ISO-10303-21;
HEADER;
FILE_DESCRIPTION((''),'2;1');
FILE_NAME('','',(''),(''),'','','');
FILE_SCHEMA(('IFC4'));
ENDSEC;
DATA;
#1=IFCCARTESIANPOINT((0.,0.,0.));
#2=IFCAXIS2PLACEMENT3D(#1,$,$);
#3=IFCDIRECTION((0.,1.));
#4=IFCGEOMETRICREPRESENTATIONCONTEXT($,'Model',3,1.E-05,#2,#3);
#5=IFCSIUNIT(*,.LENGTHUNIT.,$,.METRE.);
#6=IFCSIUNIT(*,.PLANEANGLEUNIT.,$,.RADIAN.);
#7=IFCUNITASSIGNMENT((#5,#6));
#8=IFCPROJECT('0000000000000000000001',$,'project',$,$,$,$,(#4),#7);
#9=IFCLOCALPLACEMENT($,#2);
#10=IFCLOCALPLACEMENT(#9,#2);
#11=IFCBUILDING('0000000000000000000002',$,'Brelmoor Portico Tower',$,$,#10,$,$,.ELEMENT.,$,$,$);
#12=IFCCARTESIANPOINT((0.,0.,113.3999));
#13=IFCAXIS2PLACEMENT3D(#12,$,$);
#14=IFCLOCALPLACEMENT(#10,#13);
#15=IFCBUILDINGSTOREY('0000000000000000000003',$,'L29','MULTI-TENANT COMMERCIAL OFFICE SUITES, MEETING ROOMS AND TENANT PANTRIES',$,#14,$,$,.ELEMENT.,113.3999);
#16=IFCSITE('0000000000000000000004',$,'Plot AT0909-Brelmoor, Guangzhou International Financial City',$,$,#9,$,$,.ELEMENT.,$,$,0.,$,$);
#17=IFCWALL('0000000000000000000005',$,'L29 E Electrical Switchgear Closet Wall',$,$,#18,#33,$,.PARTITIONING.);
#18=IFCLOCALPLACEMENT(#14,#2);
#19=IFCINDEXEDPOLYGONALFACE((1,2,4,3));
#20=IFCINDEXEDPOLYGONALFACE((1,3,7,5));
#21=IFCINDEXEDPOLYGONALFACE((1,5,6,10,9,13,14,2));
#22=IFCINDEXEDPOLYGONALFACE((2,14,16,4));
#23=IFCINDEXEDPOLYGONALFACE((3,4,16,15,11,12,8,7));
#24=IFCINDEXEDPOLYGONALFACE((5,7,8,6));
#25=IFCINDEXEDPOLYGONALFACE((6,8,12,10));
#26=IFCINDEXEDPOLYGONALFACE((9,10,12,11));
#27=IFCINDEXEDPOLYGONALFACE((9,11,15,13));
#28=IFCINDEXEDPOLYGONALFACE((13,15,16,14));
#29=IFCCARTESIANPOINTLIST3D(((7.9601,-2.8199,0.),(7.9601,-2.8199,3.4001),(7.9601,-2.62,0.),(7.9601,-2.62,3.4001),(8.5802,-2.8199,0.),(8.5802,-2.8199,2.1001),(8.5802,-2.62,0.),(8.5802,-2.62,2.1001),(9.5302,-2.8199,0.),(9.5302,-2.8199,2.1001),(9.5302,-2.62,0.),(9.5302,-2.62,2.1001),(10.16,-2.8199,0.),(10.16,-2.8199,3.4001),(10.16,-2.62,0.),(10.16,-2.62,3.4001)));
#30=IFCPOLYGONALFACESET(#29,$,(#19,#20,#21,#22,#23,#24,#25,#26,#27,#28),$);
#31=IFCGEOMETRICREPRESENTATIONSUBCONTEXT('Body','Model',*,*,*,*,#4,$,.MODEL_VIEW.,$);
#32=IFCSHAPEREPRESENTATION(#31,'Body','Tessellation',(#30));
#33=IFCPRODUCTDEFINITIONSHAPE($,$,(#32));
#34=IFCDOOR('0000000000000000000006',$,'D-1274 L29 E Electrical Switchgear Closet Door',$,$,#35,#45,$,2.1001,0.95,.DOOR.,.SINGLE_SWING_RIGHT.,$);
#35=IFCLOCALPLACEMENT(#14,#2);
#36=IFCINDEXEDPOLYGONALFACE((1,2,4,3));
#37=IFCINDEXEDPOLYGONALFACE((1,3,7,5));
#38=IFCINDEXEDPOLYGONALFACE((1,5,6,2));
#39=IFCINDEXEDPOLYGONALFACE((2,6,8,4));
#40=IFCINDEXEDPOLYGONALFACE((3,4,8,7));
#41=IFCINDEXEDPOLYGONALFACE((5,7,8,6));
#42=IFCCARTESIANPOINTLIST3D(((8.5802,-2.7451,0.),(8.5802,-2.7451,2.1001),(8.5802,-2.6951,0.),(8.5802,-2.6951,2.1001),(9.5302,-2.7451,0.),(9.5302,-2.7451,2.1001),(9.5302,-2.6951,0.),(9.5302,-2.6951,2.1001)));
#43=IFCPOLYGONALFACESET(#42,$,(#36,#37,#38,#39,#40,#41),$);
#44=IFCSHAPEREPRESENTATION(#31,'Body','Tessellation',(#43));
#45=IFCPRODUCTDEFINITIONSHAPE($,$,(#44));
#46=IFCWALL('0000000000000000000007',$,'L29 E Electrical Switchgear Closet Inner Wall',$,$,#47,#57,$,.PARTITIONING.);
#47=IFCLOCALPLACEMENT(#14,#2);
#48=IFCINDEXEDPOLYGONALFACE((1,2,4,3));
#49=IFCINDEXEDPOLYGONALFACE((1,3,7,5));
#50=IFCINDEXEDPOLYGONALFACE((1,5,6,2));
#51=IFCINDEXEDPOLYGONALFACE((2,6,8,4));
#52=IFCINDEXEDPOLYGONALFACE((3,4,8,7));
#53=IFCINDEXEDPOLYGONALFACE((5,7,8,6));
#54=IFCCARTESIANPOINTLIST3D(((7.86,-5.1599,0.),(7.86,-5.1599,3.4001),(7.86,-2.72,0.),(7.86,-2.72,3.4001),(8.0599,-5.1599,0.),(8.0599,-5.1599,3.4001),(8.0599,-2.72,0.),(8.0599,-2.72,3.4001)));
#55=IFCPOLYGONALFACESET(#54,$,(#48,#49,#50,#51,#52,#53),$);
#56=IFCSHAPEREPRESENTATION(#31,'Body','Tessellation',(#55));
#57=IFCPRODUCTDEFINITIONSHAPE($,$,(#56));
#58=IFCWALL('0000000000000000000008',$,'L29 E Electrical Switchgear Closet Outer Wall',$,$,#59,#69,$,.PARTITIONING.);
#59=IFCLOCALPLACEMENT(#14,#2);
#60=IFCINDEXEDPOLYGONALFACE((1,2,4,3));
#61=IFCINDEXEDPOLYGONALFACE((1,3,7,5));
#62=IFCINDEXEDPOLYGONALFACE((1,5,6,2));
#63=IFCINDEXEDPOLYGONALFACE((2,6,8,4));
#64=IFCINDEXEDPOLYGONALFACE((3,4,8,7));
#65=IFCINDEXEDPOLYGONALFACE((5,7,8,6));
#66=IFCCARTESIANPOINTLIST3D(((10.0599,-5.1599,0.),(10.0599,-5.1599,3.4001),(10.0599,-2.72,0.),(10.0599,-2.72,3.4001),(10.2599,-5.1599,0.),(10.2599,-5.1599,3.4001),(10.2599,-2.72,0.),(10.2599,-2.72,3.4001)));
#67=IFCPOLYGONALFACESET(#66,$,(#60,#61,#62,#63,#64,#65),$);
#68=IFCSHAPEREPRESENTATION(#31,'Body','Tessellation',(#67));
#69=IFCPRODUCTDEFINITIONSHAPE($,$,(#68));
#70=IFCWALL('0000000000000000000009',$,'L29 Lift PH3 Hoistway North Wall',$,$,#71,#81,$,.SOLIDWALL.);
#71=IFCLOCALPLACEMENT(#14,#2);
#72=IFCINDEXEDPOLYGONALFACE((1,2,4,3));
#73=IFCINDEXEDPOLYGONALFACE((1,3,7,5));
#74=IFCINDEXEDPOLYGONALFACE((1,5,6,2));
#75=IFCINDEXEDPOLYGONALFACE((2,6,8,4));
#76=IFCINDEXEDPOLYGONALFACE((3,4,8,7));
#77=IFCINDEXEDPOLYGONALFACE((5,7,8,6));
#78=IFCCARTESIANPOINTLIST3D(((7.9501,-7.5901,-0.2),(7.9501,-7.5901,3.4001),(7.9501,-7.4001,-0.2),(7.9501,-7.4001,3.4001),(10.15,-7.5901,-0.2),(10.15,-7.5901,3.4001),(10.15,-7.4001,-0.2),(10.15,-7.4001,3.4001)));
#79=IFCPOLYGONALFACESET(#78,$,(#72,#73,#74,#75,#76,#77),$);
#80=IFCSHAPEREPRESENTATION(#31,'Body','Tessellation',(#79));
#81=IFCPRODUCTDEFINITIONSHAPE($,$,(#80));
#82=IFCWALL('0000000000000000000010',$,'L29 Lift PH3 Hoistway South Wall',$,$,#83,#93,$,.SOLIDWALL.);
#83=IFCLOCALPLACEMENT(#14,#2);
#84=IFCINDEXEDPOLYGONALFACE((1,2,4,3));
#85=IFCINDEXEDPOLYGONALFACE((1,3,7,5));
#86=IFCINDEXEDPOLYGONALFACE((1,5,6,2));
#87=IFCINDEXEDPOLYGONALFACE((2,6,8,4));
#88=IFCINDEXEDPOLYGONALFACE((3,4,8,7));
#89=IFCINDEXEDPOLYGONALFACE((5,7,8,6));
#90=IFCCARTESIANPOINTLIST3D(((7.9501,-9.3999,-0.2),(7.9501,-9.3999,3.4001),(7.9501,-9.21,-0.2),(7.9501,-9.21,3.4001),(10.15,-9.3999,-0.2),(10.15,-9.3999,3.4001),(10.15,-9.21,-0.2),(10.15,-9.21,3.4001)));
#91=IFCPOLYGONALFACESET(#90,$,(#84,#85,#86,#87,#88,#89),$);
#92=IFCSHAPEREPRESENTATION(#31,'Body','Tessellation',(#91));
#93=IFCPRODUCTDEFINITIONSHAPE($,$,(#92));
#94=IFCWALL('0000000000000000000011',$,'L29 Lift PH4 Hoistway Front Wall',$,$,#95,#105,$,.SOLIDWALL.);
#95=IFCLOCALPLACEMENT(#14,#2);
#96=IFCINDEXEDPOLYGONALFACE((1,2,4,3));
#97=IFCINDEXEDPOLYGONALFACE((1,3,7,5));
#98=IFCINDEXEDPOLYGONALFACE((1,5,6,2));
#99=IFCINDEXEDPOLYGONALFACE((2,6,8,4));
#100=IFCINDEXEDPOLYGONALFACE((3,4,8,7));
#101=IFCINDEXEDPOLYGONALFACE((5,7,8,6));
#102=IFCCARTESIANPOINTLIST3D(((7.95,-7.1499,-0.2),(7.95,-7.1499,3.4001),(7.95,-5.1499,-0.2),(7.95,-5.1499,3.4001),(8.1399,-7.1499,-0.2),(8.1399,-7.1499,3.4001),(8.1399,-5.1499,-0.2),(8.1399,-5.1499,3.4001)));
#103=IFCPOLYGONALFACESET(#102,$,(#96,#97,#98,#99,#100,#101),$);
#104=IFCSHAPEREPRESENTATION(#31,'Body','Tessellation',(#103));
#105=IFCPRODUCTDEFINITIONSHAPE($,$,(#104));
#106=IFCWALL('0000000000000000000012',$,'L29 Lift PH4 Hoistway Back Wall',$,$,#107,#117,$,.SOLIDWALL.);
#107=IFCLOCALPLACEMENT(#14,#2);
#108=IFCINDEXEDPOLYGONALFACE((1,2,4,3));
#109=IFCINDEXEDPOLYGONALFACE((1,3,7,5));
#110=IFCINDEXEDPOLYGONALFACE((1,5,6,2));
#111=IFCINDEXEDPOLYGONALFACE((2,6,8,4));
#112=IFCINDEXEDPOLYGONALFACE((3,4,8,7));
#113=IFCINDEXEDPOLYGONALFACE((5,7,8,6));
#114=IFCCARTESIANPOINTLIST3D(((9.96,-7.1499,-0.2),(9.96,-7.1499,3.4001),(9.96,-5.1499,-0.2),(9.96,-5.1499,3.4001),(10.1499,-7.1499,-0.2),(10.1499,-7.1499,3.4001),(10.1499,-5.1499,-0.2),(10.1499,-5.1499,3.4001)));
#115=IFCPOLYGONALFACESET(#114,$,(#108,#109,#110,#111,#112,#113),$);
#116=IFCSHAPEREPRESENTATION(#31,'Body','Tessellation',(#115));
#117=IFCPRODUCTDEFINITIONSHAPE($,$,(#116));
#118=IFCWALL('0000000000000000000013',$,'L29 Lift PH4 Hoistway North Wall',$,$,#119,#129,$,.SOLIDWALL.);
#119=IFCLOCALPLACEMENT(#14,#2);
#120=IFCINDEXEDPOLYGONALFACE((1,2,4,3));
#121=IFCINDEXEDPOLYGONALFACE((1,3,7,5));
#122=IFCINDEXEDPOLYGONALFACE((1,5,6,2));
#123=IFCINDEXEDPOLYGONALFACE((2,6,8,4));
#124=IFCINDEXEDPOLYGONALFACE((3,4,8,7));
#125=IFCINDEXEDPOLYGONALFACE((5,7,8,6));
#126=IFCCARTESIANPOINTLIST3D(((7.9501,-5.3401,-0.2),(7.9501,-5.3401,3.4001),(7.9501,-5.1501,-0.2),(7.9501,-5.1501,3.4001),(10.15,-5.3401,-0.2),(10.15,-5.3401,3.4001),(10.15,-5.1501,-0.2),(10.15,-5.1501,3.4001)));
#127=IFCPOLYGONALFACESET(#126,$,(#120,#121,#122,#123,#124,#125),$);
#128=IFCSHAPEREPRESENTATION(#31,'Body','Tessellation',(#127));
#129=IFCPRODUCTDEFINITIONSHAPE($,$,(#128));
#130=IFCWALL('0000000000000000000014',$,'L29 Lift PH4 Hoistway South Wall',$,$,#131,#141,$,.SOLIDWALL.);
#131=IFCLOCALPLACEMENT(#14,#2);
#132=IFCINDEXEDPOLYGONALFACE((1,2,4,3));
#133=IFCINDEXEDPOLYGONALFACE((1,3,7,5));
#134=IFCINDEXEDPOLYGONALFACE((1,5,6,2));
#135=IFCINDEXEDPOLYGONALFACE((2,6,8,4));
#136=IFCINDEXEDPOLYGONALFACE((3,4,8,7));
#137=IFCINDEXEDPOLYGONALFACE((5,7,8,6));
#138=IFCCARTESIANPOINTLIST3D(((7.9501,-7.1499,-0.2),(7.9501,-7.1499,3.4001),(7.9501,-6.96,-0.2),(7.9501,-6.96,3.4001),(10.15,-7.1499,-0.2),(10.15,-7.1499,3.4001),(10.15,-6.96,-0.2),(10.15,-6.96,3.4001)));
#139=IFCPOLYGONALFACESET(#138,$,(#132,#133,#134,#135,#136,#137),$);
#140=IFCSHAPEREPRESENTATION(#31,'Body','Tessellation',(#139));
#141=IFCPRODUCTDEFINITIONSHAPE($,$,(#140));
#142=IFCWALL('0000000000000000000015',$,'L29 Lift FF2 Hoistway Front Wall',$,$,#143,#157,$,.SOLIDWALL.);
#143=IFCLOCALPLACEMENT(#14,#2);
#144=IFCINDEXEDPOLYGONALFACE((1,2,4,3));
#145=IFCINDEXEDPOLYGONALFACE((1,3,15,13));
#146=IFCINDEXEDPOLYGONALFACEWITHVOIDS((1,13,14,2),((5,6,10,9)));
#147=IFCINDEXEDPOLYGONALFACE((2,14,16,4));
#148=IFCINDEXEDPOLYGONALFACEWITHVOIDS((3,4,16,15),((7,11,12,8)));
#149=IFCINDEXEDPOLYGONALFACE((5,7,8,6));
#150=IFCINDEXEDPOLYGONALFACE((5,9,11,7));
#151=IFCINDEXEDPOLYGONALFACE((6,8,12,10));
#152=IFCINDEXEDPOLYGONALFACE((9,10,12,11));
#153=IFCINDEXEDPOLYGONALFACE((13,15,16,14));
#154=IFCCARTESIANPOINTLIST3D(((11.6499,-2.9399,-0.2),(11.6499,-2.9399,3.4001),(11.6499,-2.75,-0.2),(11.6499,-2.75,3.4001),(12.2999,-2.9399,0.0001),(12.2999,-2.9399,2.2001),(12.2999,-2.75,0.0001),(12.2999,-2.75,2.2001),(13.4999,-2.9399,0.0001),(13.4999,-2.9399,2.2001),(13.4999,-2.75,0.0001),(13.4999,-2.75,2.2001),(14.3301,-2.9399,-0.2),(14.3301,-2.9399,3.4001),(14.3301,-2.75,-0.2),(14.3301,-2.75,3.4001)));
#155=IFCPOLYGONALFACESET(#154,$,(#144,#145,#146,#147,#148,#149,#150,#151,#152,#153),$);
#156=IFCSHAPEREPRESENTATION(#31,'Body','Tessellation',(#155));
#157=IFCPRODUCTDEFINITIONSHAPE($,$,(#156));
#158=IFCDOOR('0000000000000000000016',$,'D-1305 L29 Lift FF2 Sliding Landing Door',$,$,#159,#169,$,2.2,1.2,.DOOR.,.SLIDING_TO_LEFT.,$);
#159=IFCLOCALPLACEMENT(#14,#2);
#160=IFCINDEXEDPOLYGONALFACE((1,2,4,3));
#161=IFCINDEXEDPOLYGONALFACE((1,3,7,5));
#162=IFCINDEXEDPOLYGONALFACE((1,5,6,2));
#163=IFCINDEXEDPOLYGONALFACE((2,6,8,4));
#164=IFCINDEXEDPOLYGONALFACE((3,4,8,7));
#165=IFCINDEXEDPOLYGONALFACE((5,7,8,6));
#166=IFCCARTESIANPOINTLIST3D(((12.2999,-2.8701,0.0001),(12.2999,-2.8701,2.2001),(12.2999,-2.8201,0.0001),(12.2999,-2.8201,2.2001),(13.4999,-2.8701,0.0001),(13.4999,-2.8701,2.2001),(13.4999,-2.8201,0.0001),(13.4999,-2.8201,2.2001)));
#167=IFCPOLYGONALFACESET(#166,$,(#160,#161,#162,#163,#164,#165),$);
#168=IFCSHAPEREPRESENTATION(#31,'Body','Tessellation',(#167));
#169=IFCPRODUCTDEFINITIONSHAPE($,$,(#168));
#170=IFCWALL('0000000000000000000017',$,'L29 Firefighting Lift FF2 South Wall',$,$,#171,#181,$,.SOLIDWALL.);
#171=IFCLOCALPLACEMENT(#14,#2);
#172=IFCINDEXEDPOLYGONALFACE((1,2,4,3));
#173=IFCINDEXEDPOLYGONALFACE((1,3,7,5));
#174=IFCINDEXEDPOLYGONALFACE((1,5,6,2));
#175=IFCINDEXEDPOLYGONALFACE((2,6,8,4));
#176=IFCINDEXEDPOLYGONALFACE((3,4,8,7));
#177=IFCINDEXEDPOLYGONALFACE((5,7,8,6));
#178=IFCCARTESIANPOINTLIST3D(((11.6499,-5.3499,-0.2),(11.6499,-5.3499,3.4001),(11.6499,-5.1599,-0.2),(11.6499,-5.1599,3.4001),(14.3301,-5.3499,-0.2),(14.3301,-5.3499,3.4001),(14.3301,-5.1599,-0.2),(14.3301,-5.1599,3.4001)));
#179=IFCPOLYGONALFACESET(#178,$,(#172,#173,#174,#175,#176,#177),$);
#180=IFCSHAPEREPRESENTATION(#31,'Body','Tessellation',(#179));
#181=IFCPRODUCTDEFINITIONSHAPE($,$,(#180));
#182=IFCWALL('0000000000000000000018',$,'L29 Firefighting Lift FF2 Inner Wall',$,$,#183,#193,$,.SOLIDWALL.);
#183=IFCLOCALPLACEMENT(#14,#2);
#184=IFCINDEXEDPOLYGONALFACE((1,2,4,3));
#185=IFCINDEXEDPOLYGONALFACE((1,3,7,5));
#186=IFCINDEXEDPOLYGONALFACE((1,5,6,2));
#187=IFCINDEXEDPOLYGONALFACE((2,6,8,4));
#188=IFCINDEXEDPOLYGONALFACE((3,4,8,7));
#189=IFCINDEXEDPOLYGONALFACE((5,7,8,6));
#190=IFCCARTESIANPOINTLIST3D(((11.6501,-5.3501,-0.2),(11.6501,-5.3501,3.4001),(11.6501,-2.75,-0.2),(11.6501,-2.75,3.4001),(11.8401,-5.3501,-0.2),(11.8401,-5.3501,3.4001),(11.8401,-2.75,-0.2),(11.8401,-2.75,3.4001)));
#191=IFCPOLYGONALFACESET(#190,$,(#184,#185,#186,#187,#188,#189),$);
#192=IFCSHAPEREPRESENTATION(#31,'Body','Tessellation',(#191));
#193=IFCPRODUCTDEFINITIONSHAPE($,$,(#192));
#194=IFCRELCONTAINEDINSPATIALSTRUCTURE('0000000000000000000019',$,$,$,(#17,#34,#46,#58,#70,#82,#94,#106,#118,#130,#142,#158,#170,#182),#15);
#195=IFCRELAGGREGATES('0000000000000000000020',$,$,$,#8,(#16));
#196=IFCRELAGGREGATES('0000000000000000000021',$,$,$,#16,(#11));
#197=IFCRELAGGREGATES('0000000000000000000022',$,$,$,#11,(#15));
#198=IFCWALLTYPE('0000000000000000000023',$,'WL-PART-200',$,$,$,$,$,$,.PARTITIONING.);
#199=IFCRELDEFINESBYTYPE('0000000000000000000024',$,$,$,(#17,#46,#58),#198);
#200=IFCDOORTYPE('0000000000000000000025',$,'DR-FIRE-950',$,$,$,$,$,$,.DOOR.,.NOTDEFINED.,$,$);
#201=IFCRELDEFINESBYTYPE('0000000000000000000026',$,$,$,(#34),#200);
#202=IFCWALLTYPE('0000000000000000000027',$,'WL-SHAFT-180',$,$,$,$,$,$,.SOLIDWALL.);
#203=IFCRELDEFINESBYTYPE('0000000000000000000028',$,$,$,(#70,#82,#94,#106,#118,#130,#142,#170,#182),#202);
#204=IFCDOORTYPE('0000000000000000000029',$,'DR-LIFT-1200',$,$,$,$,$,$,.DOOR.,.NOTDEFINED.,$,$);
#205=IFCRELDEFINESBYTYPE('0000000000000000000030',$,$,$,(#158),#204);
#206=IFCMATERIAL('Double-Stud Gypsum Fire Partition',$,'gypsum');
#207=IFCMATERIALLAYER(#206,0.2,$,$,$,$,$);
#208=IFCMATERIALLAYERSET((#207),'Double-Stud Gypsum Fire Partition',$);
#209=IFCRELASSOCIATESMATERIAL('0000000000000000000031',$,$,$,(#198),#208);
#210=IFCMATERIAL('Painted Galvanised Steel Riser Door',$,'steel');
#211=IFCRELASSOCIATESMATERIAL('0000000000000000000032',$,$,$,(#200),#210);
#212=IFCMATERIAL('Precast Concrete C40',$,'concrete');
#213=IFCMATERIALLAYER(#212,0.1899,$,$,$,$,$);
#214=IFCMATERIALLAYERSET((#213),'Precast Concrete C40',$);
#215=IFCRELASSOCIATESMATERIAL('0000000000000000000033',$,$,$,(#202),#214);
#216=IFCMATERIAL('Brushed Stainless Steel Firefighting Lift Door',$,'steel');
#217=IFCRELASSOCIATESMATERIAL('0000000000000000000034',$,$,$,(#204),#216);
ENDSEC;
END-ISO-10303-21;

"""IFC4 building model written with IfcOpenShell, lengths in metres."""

from ifc_helpers import new_model, si_unit, direction, frame, frame_2d, origin, place, context, subcontext, project, spatial, rectangle, extrude, material, layer, layer_set, type_object, element, fill, save


model = new_model("IFC4")

# Units and contexts
model_context = context("Model", 3, precision=1e-05, world=origin(), true_north=direction((0.0, 1.0)))
body_context = subcontext(model_context, "Body", "Model", "MODEL_VIEW")
ifc_project = project(units=[si_unit("LENGTHUNIT", "METRE"), si_unit("PLANEANGLEUNIT", "RADIAN")], contexts=[model_context])

# Site, building, storey
site_placement = place(None, origin())
site = spatial("IfcSite", under=ifc_project, at=site_placement, Name="Plot AT0909-Brelmoor, Guangzhou International Financial City", CompositionType="ELEMENT", RefElevation=0.0)
building_placement = place(site_placement, origin())
building = spatial("IfcBuilding", under=site, at=building_placement, Name="Brelmoor Portico Tower", CompositionType="ELEMENT")
storey_placement = place(building_placement, frame((0.0, 0.0, 113.3999)))
storey = spatial("IfcBuildingStorey", under=building, at=storey_placement, Name="L29", Description="MULTI-TENANT COMMERCIAL OFFICE SUITES, MEETING ROOMS AND TENANT PANTRIES", CompositionType="ELEMENT", Elevation=113.3999)

# Shared definitions
ifc_material_1 = material(Name="Double-Stud Gypsum Fire Partition", Category="gypsum")
ifc_layer_1 = layer(ifc_material_1, 0.2)
ifc_layer_set_1 = layer_set([ifc_layer_1], Name="Double-Stud Gypsum Fire Partition")
wall_type_1 = type_object("IfcWallType", Name="WL-PART-200", PredefinedType="PARTITIONING", material=ifc_layer_set_1)

# Wall, opening, door
wall_1_placement = place(storey_placement, frame((7.96, -2.72, 0.0), z_axis=(0.0, 0.0, 1.0), x_axis=(1.0, 0.0, 0.0)))
wall_1 = element("IfcWall", 1, at=wall_1_placement, inside=storey, type_object=wall_type_1, Name="L29 E Electrical Switchgear Closet Wall", PredefinedType="PARTITIONING", context=body_context, shape_type="SweptSolid", body=[
    extrude(rectangle(XDim=2.2, YDim=0.2, at=frame_2d((1.1001, 0.0))), origin(), (0.0, 0.0, 1.0), 3.4001),
])
opening_1_placement = place(wall_1_placement, frame((0.6201, 0.0, 0.0)))
opening_1 = element("IfcOpeningElement", 2, at=opening_1_placement, cuts=wall_1, PredefinedType="OPENING", context=body_context, shape_type="SweptSolid", body=[
    extrude(rectangle(XDim=0.95, YDim=2.1001, at=frame_2d((0.4751, 1.05))), frame((0.0, 0.1099, 0.0), z_axis=(0.0, -1.0, 0.0), x_axis=(1.0, 0.0, 0.0)), (0.0, 0.0, 1.0), 0.22),
])
ifc_material_2 = material(Name="Painted Galvanised Steel Riser Door", Category="steel")
door_type_1 = type_object("IfcDoorType", Name="DR-FIRE-950", OperationType="NOTDEFINED", PredefinedType="DOOR", material=ifc_material_2)
door_1_placement = place(opening_1_placement, origin())
door_1 = element("IfcDoor", 3, at=door_1_placement, inside=storey, type_object=door_type_1, Name="D-1274 L29 E Electrical Switchgear Closet Door", OperationType="SINGLE_SWING_RIGHT", OverallHeight=2.1001, OverallWidth=0.95, PredefinedType="DOOR", context=body_context, shape_type="SweptSolid", body=[
    extrude(rectangle(XDim=0.95, YDim=2.1001, at=frame_2d((0.4751, 1.05))), frame((0.0, 0.0249, 0.0), z_axis=(0.0, -1.0, 0.0), x_axis=(1.0, 0.0, 0.0)), (0.0, 0.0, 1.0), 0.05),
])
fill(opening_1, door_1)

# Walls
for number, where, z_axis, x_axis, name in (
    (4, (7.96, -5.1599, 0.0), (0.0, 0.0, 1.0), (0.0, 1.0, 0.0), "L29 E Electrical Switchgear Closet Inner Wall"),
    (5, (10.1599, -5.1599, 0.0), (0.0, 0.0, 1.0), (0.0, 1.0, 0.0), "L29 E Electrical Switchgear Closet Outer Wall"),
):
    element("IfcWall", number, at=place(storey_placement, frame(where, z_axis=z_axis, x_axis=x_axis)), inside=storey, type_object=wall_type_1, Name=name, PredefinedType="PARTITIONING", context=body_context, shape_type="SweptSolid", body=[
        extrude(rectangle(XDim=2.4399, YDim=0.2, at=frame_2d((1.22, 0.0))), origin(), (0.0, 0.0, 1.0), 3.4001),
    ])
ifc_material_3 = material(Name="Precast Concrete C40", Category="concrete")
ifc_layer_2 = layer(ifc_material_3, 0.1899)
ifc_layer_set_2 = layer_set([ifc_layer_2], Name="Precast Concrete C40")
wall_type_2 = type_object("IfcWallType", Name="WL-SHAFT-180", PredefinedType="SOLIDWALL", material=ifc_layer_set_2)
for number, where, z_axis, x_axis, name in (
    (6, (7.95, -7.4951, -0.2), (0.0, 0.0, 1.0), (1.0, 0.0, 0.0), "L29 Lift PH3 Hoistway North Wall"),
    (7, (7.95, -9.3049, -0.2), (0.0, 0.0, 1.0), (1.0, 0.0, 0.0), "L29 Lift PH3 Hoistway South Wall"),
):
    element("IfcWall", number, at=place(storey_placement, frame(where, z_axis=z_axis, x_axis=x_axis)), inside=storey, type_object=wall_type_2, Name=name, PredefinedType="SOLIDWALL", context=body_context, shape_type="SweptSolid", body=[
        extrude(rectangle(XDim=2.2, YDim=0.1899, at=frame_2d((1.1001, 0.0))), origin(), (0.0, 0.0, 1.0), 3.6001),
    ])
for number, where, z_axis, x_axis, name in (
    (8, (8.0449, -7.1499, -0.2), (0.0, 0.0, 1.0), (0.0, 1.0, 0.0), "L29 Lift PH4 Hoistway Front Wall"),
    (9, (10.0549, -7.1499, -0.2), (0.0, 0.0, 1.0), (0.0, 1.0, 0.0), "L29 Lift PH4 Hoistway Back Wall"),
):
    element("IfcWall", number, at=place(storey_placement, frame(where, z_axis=z_axis, x_axis=x_axis)), inside=storey, type_object=wall_type_2, Name=name, PredefinedType="SOLIDWALL", context=body_context, shape_type="SweptSolid", body=[
        extrude(rectangle(XDim=2.0, YDim=0.1899, at=frame_2d((1.0, 0.0))), origin(), (0.0, 0.0, 1.0), 3.6001),
    ])
for number, where, z_axis, x_axis, name in (
    (10, (7.95, -5.2451, -0.2), (0.0, 0.0, 1.0), (1.0, 0.0, 0.0), "L29 Lift PH4 Hoistway North Wall"),
    (11, (7.95, -7.0549, -0.2), (0.0, 0.0, 1.0), (1.0, 0.0, 0.0), "L29 Lift PH4 Hoistway South Wall"),
):
    element("IfcWall", number, at=place(storey_placement, frame(where, z_axis=z_axis, x_axis=x_axis)), inside=storey, type_object=wall_type_2, Name=name, PredefinedType="SOLIDWALL", context=body_context, shape_type="SweptSolid", body=[
        extrude(rectangle(XDim=2.2, YDim=0.1899, at=frame_2d((1.1001, 0.0))), origin(), (0.0, 0.0, 1.0), 3.6001),
    ])

# Wall, opening, door
wall_2_placement = place(storey_placement, frame((11.6499, -2.845, -0.2), z_axis=(0.0, 0.0, 1.0), x_axis=(1.0, 0.0, 0.0)))
wall_2 = element("IfcWall", 12, at=wall_2_placement, inside=storey, type_object=wall_type_2, Name="L29 Lift FF2 Hoistway Front Wall", PredefinedType="SOLIDWALL", context=body_context, shape_type="SweptSolid", body=[
    extrude(rectangle(XDim=2.6802, YDim=0.1899, at=frame_2d((1.3401, 0.0))), origin(), (0.0, 0.0, 1.0), 3.6001),
])
opening_2_placement = place(wall_2_placement, frame((0.6499, 0.0, 0.2)))
opening_2 = element("IfcOpeningElement", 13, at=opening_2_placement, cuts=wall_2, PredefinedType="OPENING", context=body_context, shape_type="SweptSolid", body=[
    extrude(rectangle(XDim=1.2, YDim=2.2, at=frame_2d((0.6001, 1.1001))), frame((0.0, 0.105, 0.0), z_axis=(0.0, -1.0, 0.0), x_axis=(1.0, 0.0, 0.0)), (0.0, 0.0, 1.0), 0.21),
])
ifc_material_4 = material(Name="Brushed Stainless Steel Firefighting Lift Door", Category="steel")
door_type_2 = type_object("IfcDoorType", Name="DR-LIFT-1200", OperationType="NOTDEFINED", PredefinedType="DOOR", material=ifc_material_4)
door_2_placement = place(opening_2_placement, origin())
door_2 = element("IfcDoor", 14, at=door_2_placement, inside=storey, type_object=door_type_2, Name="D-1305 L29 Lift FF2 Sliding Landing Door", OperationType="SLIDING_TO_LEFT", OverallHeight=2.2, OverallWidth=1.2, PredefinedType="DOOR", context=body_context, shape_type="SweptSolid", body=[
    extrude(rectangle(XDim=1.2, YDim=2.2, at=frame_2d((0.6001, 1.1001))), frame((0.0, 0.0249, 0.0), z_axis=(0.0, -1.0, 0.0), x_axis=(1.0, 0.0, 0.0)), (0.0, 0.0, 1.0), 0.05),
])
fill(opening_2, door_2)

# Walls
wall_3_placement = place(storey_placement, frame((11.6499, -5.2549, -0.2), z_axis=(0.0, 0.0, 1.0), x_axis=(1.0, 0.0, 0.0)))
element("IfcWall", 15, at=wall_3_placement, inside=storey, type_object=wall_type_2, Name="L29 Firefighting Lift FF2 South Wall", PredefinedType="SOLIDWALL", context=body_context, shape_type="SweptSolid", body=[
    extrude(rectangle(XDim=2.6802, YDim=0.1899, at=frame_2d((1.3401, 0.0))), origin(), (0.0, 0.0, 1.0), 3.6001),
])
wall_4_placement = place(storey_placement, frame((11.7451, -5.3501, -0.2), z_axis=(0.0, 0.0, 1.0), x_axis=(0.0, 1.0, 0.0)))
element("IfcWall", 16, at=wall_4_placement, inside=storey, type_object=wall_type_2, Name="L29 Firefighting Lift FF2 Inner Wall", PredefinedType="SOLIDWALL", context=body_context, shape_type="SweptSolid", body=[
    extrude(rectangle(XDim=2.6001, YDim=0.1899, at=frame_2d((1.3, 0.0))), origin(), (0.0, 0.0, 1.0), 3.6001),
])

save(model, "model.ifc")
